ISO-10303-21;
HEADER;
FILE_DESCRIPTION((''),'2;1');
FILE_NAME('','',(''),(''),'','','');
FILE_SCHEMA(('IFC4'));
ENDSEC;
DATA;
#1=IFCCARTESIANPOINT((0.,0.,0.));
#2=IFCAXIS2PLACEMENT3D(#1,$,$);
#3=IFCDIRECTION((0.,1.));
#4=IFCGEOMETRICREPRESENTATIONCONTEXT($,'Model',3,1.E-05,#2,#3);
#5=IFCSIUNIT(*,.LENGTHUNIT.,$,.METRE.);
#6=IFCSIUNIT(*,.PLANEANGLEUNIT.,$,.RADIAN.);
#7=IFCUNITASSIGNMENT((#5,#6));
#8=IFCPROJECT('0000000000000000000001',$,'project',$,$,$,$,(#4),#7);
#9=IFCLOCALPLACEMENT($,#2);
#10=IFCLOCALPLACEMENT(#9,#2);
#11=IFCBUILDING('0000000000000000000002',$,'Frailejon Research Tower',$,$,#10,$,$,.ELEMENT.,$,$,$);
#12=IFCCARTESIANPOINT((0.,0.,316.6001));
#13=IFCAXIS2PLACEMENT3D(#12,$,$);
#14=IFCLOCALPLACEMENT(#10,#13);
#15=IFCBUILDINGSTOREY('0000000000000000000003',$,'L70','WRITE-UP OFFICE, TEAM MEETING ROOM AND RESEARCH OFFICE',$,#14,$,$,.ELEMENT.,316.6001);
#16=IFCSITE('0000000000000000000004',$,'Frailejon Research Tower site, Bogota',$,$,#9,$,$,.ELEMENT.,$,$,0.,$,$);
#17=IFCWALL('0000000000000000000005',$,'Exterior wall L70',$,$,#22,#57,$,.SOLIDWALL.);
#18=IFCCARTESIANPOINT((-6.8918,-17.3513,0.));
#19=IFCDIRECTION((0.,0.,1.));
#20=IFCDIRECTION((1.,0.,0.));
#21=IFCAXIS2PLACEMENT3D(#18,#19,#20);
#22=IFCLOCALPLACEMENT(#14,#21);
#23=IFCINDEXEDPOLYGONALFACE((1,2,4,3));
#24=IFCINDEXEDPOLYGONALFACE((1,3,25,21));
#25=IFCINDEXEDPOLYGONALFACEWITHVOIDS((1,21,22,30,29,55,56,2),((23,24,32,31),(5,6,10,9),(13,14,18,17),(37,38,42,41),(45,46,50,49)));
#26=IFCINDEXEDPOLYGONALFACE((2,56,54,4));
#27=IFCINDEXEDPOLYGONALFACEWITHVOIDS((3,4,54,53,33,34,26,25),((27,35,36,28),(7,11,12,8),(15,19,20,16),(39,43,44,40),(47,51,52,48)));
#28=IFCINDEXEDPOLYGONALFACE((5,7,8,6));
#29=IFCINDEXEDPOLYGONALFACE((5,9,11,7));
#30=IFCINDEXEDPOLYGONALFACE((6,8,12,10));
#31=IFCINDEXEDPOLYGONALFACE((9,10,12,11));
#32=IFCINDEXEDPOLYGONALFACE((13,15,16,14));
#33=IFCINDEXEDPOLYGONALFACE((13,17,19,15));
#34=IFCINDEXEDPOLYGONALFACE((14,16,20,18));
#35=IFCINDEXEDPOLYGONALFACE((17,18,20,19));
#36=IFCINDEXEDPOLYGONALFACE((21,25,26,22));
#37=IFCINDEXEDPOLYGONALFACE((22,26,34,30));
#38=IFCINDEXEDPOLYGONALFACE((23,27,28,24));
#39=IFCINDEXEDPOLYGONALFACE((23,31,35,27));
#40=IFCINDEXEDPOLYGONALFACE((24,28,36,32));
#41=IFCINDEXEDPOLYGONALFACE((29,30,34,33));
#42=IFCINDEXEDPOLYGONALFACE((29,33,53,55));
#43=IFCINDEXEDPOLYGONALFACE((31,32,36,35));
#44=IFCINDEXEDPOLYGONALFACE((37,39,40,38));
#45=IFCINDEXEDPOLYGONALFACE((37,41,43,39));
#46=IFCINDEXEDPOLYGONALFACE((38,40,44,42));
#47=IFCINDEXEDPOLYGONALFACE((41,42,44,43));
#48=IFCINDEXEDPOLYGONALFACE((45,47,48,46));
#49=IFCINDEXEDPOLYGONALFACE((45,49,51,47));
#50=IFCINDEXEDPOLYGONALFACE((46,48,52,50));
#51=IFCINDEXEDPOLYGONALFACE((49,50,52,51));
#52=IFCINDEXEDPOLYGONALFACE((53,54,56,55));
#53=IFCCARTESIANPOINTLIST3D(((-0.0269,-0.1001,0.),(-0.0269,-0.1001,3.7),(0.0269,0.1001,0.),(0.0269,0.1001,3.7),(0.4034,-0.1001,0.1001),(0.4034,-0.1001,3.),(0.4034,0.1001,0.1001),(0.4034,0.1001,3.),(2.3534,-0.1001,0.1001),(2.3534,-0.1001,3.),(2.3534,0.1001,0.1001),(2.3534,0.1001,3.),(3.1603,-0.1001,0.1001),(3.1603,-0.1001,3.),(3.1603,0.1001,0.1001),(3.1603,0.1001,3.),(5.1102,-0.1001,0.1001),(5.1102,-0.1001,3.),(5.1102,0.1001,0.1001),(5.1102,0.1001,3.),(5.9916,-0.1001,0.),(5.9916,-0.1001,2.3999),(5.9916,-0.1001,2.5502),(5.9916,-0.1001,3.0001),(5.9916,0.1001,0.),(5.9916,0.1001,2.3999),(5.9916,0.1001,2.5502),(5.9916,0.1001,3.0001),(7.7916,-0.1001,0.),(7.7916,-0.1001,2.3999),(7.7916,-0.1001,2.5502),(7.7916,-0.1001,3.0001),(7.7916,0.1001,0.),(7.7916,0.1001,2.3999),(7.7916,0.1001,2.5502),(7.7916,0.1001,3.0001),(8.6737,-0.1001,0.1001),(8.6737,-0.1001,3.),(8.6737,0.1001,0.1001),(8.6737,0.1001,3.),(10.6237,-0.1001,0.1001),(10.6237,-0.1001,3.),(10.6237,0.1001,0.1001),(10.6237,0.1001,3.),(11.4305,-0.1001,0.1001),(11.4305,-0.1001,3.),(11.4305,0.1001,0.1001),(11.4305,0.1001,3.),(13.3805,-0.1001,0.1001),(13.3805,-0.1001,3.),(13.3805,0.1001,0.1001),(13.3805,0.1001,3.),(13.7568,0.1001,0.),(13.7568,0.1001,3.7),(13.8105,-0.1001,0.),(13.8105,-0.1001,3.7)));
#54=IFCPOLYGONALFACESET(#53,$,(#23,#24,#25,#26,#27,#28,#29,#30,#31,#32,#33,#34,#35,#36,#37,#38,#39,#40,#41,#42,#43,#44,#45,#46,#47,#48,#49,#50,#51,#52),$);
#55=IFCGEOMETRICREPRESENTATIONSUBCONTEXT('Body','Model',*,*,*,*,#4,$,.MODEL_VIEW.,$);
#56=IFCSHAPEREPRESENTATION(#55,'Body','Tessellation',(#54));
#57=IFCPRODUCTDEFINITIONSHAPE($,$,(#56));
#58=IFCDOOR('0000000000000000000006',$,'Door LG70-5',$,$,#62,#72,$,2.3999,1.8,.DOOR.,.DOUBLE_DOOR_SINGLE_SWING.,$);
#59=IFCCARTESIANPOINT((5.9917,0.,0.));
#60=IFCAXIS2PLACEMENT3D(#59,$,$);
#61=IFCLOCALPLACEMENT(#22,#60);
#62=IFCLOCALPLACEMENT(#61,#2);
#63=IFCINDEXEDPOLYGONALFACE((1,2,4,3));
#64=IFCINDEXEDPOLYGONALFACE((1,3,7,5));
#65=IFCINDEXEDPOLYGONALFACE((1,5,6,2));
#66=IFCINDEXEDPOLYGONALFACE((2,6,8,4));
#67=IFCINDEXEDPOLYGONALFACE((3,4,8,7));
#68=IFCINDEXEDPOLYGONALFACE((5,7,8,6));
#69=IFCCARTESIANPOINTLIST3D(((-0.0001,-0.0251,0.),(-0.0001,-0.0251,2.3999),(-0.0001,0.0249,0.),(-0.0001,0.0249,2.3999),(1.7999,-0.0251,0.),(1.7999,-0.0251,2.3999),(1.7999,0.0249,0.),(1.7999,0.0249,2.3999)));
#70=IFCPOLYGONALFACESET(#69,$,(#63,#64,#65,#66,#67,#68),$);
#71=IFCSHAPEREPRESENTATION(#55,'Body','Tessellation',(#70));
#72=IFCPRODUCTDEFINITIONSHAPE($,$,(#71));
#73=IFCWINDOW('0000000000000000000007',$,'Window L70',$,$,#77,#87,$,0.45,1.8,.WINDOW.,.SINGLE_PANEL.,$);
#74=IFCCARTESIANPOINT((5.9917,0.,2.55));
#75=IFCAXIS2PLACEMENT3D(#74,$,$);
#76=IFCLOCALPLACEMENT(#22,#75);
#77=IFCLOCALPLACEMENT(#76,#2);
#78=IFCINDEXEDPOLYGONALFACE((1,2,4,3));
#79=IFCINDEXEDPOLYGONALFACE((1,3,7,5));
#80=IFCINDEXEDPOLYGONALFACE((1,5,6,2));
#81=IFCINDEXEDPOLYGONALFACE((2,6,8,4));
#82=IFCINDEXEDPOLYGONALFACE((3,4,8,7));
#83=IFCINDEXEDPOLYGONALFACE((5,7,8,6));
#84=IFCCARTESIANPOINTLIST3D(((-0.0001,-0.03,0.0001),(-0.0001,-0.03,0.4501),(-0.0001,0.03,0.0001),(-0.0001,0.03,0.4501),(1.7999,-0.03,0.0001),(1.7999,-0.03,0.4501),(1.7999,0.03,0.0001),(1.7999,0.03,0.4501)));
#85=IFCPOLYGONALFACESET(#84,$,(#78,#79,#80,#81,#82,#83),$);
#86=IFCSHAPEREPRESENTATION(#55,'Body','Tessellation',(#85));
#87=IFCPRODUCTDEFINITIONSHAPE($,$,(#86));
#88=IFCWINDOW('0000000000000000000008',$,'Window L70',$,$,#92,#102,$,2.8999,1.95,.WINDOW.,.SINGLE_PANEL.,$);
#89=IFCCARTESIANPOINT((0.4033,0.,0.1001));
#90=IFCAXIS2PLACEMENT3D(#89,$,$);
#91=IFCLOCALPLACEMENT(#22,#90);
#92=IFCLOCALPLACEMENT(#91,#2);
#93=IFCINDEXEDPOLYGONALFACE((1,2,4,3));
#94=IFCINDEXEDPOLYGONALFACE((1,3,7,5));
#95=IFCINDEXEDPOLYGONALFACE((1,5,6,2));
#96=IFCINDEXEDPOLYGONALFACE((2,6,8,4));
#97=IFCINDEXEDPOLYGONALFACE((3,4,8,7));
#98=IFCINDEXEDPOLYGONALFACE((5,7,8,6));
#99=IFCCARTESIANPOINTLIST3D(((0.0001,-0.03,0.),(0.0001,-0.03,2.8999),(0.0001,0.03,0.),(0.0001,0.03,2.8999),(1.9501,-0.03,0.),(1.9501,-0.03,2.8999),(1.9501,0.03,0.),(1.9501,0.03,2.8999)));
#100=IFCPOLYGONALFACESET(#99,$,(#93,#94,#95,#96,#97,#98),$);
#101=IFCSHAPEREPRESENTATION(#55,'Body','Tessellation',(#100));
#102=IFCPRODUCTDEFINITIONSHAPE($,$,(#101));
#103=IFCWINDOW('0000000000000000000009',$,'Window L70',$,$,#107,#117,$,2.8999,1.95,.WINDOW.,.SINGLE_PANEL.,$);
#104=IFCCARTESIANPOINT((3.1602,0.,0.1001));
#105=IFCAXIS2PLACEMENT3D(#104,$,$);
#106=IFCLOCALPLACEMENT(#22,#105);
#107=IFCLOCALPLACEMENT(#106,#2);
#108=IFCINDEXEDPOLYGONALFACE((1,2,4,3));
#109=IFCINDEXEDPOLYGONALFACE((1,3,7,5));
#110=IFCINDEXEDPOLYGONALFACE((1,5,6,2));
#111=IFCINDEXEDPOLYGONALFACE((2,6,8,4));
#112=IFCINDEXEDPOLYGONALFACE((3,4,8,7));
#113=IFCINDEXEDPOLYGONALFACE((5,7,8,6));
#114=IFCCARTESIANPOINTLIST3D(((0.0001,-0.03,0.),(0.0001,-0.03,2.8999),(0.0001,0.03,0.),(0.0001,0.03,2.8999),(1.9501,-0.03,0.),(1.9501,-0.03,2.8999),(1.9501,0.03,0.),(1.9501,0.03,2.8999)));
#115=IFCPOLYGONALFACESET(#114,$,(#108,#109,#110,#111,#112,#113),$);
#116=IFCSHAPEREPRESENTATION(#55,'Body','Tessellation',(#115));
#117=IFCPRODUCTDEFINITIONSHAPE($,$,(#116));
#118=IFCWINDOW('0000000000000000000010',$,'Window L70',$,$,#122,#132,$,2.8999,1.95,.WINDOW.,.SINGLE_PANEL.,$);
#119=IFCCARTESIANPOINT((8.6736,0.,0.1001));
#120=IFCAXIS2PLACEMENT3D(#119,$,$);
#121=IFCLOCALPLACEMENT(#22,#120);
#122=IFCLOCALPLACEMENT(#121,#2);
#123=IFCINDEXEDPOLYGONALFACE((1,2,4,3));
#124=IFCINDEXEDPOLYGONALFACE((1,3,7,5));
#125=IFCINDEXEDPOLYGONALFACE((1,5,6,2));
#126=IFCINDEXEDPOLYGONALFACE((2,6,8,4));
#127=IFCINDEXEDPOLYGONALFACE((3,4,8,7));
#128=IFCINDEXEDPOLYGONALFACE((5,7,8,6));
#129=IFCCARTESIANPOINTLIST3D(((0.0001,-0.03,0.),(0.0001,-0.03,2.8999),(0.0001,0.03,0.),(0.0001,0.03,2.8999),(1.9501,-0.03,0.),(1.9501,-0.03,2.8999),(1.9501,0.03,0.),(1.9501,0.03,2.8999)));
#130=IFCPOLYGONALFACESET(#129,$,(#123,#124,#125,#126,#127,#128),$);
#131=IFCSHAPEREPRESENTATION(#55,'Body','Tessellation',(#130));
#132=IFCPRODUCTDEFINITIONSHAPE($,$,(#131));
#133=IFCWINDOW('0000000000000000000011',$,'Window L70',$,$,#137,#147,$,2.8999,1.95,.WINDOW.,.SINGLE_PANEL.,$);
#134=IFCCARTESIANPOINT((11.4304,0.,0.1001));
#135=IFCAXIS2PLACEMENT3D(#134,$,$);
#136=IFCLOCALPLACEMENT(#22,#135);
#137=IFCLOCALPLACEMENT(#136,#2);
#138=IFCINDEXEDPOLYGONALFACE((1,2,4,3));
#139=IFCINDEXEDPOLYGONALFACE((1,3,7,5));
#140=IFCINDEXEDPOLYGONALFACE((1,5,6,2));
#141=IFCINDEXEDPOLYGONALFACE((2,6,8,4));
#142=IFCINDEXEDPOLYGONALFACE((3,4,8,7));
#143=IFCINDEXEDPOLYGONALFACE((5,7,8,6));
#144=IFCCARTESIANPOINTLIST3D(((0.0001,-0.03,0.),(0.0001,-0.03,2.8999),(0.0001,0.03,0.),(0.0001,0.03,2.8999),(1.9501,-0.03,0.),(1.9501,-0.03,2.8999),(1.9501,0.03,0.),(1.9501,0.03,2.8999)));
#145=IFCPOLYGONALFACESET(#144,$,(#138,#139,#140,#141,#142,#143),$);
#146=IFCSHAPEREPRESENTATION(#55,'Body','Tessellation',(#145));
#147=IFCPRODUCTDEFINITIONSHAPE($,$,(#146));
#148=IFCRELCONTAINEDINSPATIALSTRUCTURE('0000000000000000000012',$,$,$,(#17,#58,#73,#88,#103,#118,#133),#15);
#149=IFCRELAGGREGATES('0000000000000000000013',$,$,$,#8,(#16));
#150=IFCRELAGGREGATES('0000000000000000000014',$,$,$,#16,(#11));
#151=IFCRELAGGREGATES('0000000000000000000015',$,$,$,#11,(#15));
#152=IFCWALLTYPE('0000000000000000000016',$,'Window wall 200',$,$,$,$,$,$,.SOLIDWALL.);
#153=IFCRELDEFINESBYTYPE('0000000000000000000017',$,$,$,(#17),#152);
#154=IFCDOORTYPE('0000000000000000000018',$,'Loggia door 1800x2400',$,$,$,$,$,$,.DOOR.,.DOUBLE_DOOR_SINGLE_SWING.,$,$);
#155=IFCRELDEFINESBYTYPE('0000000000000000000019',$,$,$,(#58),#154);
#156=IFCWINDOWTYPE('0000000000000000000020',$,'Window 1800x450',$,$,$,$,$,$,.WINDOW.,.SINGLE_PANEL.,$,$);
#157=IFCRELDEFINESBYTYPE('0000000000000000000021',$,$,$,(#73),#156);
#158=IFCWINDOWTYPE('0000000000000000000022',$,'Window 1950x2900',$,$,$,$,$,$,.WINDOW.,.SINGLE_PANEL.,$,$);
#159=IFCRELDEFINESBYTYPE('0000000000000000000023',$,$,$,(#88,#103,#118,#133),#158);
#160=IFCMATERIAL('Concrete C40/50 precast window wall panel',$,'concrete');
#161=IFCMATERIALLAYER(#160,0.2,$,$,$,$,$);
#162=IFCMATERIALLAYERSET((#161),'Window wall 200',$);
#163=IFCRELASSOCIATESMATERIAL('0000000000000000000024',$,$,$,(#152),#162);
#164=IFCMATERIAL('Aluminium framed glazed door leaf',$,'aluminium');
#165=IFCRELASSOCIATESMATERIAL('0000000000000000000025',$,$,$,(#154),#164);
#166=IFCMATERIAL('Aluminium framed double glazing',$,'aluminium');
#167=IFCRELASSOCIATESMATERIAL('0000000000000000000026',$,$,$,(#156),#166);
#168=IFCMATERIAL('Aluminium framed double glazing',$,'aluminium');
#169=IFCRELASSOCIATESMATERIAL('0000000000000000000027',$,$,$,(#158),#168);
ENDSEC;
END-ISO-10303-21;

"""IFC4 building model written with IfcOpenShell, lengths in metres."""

from ifc_helpers import new_model, si_unit, direction, frame, frame_2d, origin, place, context, subcontext, project, spatial, polyline, rectangle, outline, extrude, material, layer, layer_set, type_object, element, fill, save


model = new_model("IFC4")

# Units and contexts
model_context = context("Model", 3, precision=1e-05, world=origin(), true_north=direction((0.0, 1.0)))
body_context = subcontext(model_context, "Body", "Model", "MODEL_VIEW")
ifc_project = project(units=[si_unit("LENGTHUNIT", "METRE"), si_unit("PLANEANGLEUNIT", "RADIAN")], contexts=[model_context])

# Site, building, storey
site_placement = place(None, origin())
site = spatial("IfcSite", under=ifc_project, at=site_placement, Name="Frailejon Research Tower site, Bogota", CompositionType="ELEMENT", RefElevation=0.0)
building_placement = place(site_placement, origin())
building = spatial("IfcBuilding", under=site, at=building_placement, Name="Frailejon Research Tower", CompositionType="ELEMENT")
storey_placement = place(building_placement, frame((0.0, 0.0, 316.6001)))
storey = spatial("IfcBuildingStorey", under=building, at=storey_placement, Name="L70", Description="WRITE-UP OFFICE, TEAM MEETING ROOM AND RESEARCH OFFICE", CompositionType="ELEMENT", Elevation=316.6001)

# Wall, openings, door, windows
ifc_material_1 = material(Name="Concrete C40/50 precast window wall panel", Category="concrete")
ifc_layer_1 = layer(ifc_material_1, 0.2)
ifc_layer_set_1 = layer_set([ifc_layer_1], Name="Window wall 200")
wall_type_1 = type_object("IfcWallType", Name="Window wall 200", PredefinedType="SOLIDWALL", material=ifc_layer_set_1)
wall_1_placement = place(storey_placement, frame((-6.8918, -17.3513, 0.0), z_axis=(0.0, 0.0, 1.0), x_axis=(1.0, 0.0, 0.0)))
wall_1 = element("IfcWall", 1, at=wall_1_placement, inside=storey, type_object=wall_type_1, Name="Exterior wall L70", PredefinedType="SOLIDWALL", context=body_context, shape_type="SweptSolid", body=[
    extrude(outline(polyline([(-0.0269, -0.1001), (1.0376, -0.1001), (2.1021, -0.1001), (3.1665, -0.1001), (4.2307, -0.1001), (5.2952, -0.1001), (6.3596, -0.1001), (7.4241, -0.1001), (8.4885, -0.1001), (9.553, -0.1001), (10.6172, -0.1001), (11.6816, -0.1001), (12.7461, -0.1001), (13.8105, -0.1001), (13.7568, 0.1001), (12.7007, 0.1001), (11.6445, 0.1001), (10.5884, 0.1001), (9.5322, 0.1001), (8.4761, 0.1001), (7.4199, 0.1001), (6.3638, 0.1001), (5.3076, 0.1001), (4.2515, 0.1001), (3.1953, 0.1001), (2.1392, 0.1001), (1.083, 0.1001), (0.0269, 0.1001), (-0.0269, -0.1001)])), origin(), (0.0, 0.0, 1.0), 3.7),
])
opening_1_placement = place(wall_1_placement, frame((0.4033, 0.0, 0.1001)))
opening_1 = element("IfcOpeningElement", 2, at=opening_1_placement, cuts=wall_1, PredefinedType="OPENING", context=body_context, shape_type="SweptSolid", body=[
    extrude(rectangle(XDim=1.95, YDim=2.8999, at=frame_2d((0.9751, 1.45))), frame((0.0, 0.1099, 0.0), z_axis=(0.0, -1.0, 0.0), x_axis=(1.0, 0.0, 0.0)), (0.0, 0.0, 1.0), 0.22),
])
opening_2_placement = place(wall_1_placement, frame((3.1602, 0.0, 0.1001)))
opening_2 = element("IfcOpeningElement", 3, at=opening_2_placement, cuts=wall_1, PredefinedType="OPENING", context=body_context, shape_type="SweptSolid", body=[
    extrude(rectangle(XDim=1.95, YDim=2.8999, at=frame_2d((0.9751, 1.45))), frame((0.0, 0.1099, 0.0), z_axis=(0.0, -1.0, 0.0), x_axis=(1.0, 0.0, 0.0)), (0.0, 0.0, 1.0), 0.22),
])
opening_3_placement = place(wall_1_placement, frame((5.9917, 0.0, 0.0)))
opening_3 = element("IfcOpeningElement", 4, at=opening_3_placement, cuts=wall_1, PredefinedType="OPENING", context=body_context, shape_type="SweptSolid", body=[
    extrude(rectangle(XDim=1.8, YDim=2.3999, at=frame_2d((0.8999, 1.2))), frame((0.0, 0.1099, 0.0), z_axis=(0.0, -1.0, 0.0), x_axis=(1.0, 0.0, 0.0)), (0.0, 0.0, 1.0), 0.22),
])
opening_4_placement = place(wall_1_placement, frame((5.9917, 0.0, 2.55)))
opening_4 = element("IfcOpeningElement", 5, at=opening_4_placement, cuts=wall_1, PredefinedType="OPENING", context=body_context, shape_type="SweptSolid", body=[
    extrude(rectangle(XDim=1.8, YDim=0.45, at=frame_2d((0.8999, 0.2251))), frame((0.0, 0.1099, 0.0), z_axis=(0.0, -1.0, 0.0), x_axis=(1.0, 0.0, 0.0)), (0.0, 0.0, 1.0), 0.22),
])
opening_5_placement = place(wall_1_placement, frame((8.6736, 0.0, 0.1001)))
opening_5 = element("IfcOpeningElement", 6, at=opening_5_placement, cuts=wall_1, PredefinedType="OPENING", context=body_context, shape_type="SweptSolid", body=[
    extrude(rectangle(XDim=1.95, YDim=2.8999, at=frame_2d((0.9751, 1.45))), frame((0.0, 0.1099, 0.0), z_axis=(0.0, -1.0, 0.0), x_axis=(1.0, 0.0, 0.0)), (0.0, 0.0, 1.0), 0.22),
])
opening_6_placement = place(wall_1_placement, frame((11.4304, 0.0, 0.1001)))
opening_6 = element("IfcOpeningElement", 7, at=opening_6_placement, cuts=wall_1, PredefinedType="OPENING", context=body_context, shape_type="SweptSolid", body=[
    extrude(rectangle(XDim=1.95, YDim=2.8999, at=frame_2d((0.9751, 1.45))), frame((0.0, 0.1099, 0.0), z_axis=(0.0, -1.0, 0.0), x_axis=(1.0, 0.0, 0.0)), (0.0, 0.0, 1.0), 0.22),
])
ifc_material_2 = material(Name="Aluminium framed glazed door leaf", Category="aluminium")
door_type = type_object("IfcDoorType", Name="Loggia door 1800x2400", OperationType="DOUBLE_DOOR_SINGLE_SWING", PredefinedType="DOOR", material=ifc_material_2)
door_placement = place(opening_3_placement, origin())
door = element("IfcDoor", 8, at=door_placement, inside=storey, type_object=door_type, Name="Door LG70-5", OperationType="DOUBLE_DOOR_SINGLE_SWING", OverallHeight=2.3999, OverallWidth=1.8, PredefinedType="DOOR", context=body_context, shape_type="SweptSolid", body=[
    extrude(rectangle(XDim=1.8, YDim=2.3999, at=frame_2d((0.8999, 1.2))), frame((0.0, 0.0249, 0.0), z_axis=(0.0, -1.0, 0.0), x_axis=(1.0, 0.0, 0.0)), (0.0, 0.0, 1.0), 0.05),
])
fill(opening_3, door)
ifc_material_3 = material(Name="Aluminium framed double glazing", Category="aluminium")
window_type_1 = type_object("IfcWindowType", Name="Window 1800x450", PartitioningType="SINGLE_PANEL", PredefinedType="WINDOW", material=ifc_material_3)
window_1_placement = place(opening_4_placement, origin())
window_1 = element("IfcWindow", 9, at=window_1_placement, inside=storey, type_object=window_type_1, Name="Window L70", OverallHeight=0.45, OverallWidth=1.8, PartitioningType="SINGLE_PANEL", PredefinedType="WINDOW", context=body_context, shape_type="SweptSolid", body=[
    extrude(rectangle(XDim=1.8, YDim=0.45, at=frame_2d((0.8999, 0.2251))), frame((0.0, 0.03, 0.0), z_axis=(0.0, -1.0, 0.0), x_axis=(1.0, 0.0, 0.0)), (0.0, 0.0, 1.0), 0.0601),
])
fill(opening_4, window_1)
ifc_material_4 = material(Name="Aluminium framed double glazing", Category="aluminium")
window_type_2 = type_object("IfcWindowType", Name="Window 1950x2900", PartitioningType="SINGLE_PANEL", PredefinedType="WINDOW", material=ifc_material_4)
window_2_placement = place(opening_1_placement, origin())
window_2 = element("IfcWindow", 10, at=window_2_placement, inside=storey, type_object=window_type_2, Name="Window L70", OverallHeight=2.8999, OverallWidth=1.95, PartitioningType="SINGLE_PANEL", PredefinedType="WINDOW", context=body_context, shape_type="SweptSolid", body=[
    extrude(rectangle(XDim=1.95, YDim=2.8999, at=frame_2d((0.9751, 1.45))), frame((0.0, 0.03, 0.0), z_axis=(0.0, -1.0, 0.0), x_axis=(1.0, 0.0, 0.0)), (0.0, 0.0, 1.0), 0.0601),
])
fill(opening_1, window_2)
window_3_placement = place(opening_2_placement, origin())
window_3 = element("IfcWindow", 11, at=window_3_placement, inside=storey, type_object=window_type_2, Name="Window L70", OverallHeight=2.8999, OverallWidth=1.95, PartitioningType="SINGLE_PANEL", PredefinedType="WINDOW", context=body_context, shape_type="SweptSolid", body=[
    extrude(rectangle(XDim=1.95, YDim=2.8999, at=frame_2d((0.9751, 1.45))), frame((0.0, 0.03, 0.0), z_axis=(0.0, -1.0, 0.0), x_axis=(1.0, 0.0, 0.0)), (0.0, 0.0, 1.0), 0.0601),
])
fill(opening_2, window_3)
window_4_placement = place(opening_5_placement, origin())
window_4 = element("IfcWindow", 12, at=window_4_placement, inside=storey, type_object=window_type_2, Name="Window L70", OverallHeight=2.8999, OverallWidth=1.95, PartitioningType="SINGLE_PANEL", PredefinedType="WINDOW", context=body_context, shape_type="SweptSolid", body=[
    extrude(rectangle(XDim=1.95, YDim=2.8999, at=frame_2d((0.9751, 1.45))), frame((0.0, 0.03, 0.0), z_axis=(0.0, -1.0, 0.0), x_axis=(1.0, 0.0, 0.0)), (0.0, 0.0, 1.0), 0.0601),
])
fill(opening_5, window_4)
window_5_placement = place(opening_6_placement, origin())
window_5 = element("IfcWindow", 13, at=window_5_placement, inside=storey, type_object=window_type_2, Name="Window L70", OverallHeight=2.8999, OverallWidth=1.95, PartitioningType="SINGLE_PANEL", PredefinedType="WINDOW", context=body_context, shape_type="SweptSolid", body=[
    extrude(rectangle(XDim=1.95, YDim=2.8999, at=frame_2d((0.9751, 1.45))), frame((0.0, 0.03, 0.0), z_axis=(0.0, -1.0, 0.0), x_axis=(1.0, 0.0, 0.0)), (0.0, 0.0, 1.0), 0.0601),
])
fill(opening_6, window_5)

save(model, "model.ifc")
